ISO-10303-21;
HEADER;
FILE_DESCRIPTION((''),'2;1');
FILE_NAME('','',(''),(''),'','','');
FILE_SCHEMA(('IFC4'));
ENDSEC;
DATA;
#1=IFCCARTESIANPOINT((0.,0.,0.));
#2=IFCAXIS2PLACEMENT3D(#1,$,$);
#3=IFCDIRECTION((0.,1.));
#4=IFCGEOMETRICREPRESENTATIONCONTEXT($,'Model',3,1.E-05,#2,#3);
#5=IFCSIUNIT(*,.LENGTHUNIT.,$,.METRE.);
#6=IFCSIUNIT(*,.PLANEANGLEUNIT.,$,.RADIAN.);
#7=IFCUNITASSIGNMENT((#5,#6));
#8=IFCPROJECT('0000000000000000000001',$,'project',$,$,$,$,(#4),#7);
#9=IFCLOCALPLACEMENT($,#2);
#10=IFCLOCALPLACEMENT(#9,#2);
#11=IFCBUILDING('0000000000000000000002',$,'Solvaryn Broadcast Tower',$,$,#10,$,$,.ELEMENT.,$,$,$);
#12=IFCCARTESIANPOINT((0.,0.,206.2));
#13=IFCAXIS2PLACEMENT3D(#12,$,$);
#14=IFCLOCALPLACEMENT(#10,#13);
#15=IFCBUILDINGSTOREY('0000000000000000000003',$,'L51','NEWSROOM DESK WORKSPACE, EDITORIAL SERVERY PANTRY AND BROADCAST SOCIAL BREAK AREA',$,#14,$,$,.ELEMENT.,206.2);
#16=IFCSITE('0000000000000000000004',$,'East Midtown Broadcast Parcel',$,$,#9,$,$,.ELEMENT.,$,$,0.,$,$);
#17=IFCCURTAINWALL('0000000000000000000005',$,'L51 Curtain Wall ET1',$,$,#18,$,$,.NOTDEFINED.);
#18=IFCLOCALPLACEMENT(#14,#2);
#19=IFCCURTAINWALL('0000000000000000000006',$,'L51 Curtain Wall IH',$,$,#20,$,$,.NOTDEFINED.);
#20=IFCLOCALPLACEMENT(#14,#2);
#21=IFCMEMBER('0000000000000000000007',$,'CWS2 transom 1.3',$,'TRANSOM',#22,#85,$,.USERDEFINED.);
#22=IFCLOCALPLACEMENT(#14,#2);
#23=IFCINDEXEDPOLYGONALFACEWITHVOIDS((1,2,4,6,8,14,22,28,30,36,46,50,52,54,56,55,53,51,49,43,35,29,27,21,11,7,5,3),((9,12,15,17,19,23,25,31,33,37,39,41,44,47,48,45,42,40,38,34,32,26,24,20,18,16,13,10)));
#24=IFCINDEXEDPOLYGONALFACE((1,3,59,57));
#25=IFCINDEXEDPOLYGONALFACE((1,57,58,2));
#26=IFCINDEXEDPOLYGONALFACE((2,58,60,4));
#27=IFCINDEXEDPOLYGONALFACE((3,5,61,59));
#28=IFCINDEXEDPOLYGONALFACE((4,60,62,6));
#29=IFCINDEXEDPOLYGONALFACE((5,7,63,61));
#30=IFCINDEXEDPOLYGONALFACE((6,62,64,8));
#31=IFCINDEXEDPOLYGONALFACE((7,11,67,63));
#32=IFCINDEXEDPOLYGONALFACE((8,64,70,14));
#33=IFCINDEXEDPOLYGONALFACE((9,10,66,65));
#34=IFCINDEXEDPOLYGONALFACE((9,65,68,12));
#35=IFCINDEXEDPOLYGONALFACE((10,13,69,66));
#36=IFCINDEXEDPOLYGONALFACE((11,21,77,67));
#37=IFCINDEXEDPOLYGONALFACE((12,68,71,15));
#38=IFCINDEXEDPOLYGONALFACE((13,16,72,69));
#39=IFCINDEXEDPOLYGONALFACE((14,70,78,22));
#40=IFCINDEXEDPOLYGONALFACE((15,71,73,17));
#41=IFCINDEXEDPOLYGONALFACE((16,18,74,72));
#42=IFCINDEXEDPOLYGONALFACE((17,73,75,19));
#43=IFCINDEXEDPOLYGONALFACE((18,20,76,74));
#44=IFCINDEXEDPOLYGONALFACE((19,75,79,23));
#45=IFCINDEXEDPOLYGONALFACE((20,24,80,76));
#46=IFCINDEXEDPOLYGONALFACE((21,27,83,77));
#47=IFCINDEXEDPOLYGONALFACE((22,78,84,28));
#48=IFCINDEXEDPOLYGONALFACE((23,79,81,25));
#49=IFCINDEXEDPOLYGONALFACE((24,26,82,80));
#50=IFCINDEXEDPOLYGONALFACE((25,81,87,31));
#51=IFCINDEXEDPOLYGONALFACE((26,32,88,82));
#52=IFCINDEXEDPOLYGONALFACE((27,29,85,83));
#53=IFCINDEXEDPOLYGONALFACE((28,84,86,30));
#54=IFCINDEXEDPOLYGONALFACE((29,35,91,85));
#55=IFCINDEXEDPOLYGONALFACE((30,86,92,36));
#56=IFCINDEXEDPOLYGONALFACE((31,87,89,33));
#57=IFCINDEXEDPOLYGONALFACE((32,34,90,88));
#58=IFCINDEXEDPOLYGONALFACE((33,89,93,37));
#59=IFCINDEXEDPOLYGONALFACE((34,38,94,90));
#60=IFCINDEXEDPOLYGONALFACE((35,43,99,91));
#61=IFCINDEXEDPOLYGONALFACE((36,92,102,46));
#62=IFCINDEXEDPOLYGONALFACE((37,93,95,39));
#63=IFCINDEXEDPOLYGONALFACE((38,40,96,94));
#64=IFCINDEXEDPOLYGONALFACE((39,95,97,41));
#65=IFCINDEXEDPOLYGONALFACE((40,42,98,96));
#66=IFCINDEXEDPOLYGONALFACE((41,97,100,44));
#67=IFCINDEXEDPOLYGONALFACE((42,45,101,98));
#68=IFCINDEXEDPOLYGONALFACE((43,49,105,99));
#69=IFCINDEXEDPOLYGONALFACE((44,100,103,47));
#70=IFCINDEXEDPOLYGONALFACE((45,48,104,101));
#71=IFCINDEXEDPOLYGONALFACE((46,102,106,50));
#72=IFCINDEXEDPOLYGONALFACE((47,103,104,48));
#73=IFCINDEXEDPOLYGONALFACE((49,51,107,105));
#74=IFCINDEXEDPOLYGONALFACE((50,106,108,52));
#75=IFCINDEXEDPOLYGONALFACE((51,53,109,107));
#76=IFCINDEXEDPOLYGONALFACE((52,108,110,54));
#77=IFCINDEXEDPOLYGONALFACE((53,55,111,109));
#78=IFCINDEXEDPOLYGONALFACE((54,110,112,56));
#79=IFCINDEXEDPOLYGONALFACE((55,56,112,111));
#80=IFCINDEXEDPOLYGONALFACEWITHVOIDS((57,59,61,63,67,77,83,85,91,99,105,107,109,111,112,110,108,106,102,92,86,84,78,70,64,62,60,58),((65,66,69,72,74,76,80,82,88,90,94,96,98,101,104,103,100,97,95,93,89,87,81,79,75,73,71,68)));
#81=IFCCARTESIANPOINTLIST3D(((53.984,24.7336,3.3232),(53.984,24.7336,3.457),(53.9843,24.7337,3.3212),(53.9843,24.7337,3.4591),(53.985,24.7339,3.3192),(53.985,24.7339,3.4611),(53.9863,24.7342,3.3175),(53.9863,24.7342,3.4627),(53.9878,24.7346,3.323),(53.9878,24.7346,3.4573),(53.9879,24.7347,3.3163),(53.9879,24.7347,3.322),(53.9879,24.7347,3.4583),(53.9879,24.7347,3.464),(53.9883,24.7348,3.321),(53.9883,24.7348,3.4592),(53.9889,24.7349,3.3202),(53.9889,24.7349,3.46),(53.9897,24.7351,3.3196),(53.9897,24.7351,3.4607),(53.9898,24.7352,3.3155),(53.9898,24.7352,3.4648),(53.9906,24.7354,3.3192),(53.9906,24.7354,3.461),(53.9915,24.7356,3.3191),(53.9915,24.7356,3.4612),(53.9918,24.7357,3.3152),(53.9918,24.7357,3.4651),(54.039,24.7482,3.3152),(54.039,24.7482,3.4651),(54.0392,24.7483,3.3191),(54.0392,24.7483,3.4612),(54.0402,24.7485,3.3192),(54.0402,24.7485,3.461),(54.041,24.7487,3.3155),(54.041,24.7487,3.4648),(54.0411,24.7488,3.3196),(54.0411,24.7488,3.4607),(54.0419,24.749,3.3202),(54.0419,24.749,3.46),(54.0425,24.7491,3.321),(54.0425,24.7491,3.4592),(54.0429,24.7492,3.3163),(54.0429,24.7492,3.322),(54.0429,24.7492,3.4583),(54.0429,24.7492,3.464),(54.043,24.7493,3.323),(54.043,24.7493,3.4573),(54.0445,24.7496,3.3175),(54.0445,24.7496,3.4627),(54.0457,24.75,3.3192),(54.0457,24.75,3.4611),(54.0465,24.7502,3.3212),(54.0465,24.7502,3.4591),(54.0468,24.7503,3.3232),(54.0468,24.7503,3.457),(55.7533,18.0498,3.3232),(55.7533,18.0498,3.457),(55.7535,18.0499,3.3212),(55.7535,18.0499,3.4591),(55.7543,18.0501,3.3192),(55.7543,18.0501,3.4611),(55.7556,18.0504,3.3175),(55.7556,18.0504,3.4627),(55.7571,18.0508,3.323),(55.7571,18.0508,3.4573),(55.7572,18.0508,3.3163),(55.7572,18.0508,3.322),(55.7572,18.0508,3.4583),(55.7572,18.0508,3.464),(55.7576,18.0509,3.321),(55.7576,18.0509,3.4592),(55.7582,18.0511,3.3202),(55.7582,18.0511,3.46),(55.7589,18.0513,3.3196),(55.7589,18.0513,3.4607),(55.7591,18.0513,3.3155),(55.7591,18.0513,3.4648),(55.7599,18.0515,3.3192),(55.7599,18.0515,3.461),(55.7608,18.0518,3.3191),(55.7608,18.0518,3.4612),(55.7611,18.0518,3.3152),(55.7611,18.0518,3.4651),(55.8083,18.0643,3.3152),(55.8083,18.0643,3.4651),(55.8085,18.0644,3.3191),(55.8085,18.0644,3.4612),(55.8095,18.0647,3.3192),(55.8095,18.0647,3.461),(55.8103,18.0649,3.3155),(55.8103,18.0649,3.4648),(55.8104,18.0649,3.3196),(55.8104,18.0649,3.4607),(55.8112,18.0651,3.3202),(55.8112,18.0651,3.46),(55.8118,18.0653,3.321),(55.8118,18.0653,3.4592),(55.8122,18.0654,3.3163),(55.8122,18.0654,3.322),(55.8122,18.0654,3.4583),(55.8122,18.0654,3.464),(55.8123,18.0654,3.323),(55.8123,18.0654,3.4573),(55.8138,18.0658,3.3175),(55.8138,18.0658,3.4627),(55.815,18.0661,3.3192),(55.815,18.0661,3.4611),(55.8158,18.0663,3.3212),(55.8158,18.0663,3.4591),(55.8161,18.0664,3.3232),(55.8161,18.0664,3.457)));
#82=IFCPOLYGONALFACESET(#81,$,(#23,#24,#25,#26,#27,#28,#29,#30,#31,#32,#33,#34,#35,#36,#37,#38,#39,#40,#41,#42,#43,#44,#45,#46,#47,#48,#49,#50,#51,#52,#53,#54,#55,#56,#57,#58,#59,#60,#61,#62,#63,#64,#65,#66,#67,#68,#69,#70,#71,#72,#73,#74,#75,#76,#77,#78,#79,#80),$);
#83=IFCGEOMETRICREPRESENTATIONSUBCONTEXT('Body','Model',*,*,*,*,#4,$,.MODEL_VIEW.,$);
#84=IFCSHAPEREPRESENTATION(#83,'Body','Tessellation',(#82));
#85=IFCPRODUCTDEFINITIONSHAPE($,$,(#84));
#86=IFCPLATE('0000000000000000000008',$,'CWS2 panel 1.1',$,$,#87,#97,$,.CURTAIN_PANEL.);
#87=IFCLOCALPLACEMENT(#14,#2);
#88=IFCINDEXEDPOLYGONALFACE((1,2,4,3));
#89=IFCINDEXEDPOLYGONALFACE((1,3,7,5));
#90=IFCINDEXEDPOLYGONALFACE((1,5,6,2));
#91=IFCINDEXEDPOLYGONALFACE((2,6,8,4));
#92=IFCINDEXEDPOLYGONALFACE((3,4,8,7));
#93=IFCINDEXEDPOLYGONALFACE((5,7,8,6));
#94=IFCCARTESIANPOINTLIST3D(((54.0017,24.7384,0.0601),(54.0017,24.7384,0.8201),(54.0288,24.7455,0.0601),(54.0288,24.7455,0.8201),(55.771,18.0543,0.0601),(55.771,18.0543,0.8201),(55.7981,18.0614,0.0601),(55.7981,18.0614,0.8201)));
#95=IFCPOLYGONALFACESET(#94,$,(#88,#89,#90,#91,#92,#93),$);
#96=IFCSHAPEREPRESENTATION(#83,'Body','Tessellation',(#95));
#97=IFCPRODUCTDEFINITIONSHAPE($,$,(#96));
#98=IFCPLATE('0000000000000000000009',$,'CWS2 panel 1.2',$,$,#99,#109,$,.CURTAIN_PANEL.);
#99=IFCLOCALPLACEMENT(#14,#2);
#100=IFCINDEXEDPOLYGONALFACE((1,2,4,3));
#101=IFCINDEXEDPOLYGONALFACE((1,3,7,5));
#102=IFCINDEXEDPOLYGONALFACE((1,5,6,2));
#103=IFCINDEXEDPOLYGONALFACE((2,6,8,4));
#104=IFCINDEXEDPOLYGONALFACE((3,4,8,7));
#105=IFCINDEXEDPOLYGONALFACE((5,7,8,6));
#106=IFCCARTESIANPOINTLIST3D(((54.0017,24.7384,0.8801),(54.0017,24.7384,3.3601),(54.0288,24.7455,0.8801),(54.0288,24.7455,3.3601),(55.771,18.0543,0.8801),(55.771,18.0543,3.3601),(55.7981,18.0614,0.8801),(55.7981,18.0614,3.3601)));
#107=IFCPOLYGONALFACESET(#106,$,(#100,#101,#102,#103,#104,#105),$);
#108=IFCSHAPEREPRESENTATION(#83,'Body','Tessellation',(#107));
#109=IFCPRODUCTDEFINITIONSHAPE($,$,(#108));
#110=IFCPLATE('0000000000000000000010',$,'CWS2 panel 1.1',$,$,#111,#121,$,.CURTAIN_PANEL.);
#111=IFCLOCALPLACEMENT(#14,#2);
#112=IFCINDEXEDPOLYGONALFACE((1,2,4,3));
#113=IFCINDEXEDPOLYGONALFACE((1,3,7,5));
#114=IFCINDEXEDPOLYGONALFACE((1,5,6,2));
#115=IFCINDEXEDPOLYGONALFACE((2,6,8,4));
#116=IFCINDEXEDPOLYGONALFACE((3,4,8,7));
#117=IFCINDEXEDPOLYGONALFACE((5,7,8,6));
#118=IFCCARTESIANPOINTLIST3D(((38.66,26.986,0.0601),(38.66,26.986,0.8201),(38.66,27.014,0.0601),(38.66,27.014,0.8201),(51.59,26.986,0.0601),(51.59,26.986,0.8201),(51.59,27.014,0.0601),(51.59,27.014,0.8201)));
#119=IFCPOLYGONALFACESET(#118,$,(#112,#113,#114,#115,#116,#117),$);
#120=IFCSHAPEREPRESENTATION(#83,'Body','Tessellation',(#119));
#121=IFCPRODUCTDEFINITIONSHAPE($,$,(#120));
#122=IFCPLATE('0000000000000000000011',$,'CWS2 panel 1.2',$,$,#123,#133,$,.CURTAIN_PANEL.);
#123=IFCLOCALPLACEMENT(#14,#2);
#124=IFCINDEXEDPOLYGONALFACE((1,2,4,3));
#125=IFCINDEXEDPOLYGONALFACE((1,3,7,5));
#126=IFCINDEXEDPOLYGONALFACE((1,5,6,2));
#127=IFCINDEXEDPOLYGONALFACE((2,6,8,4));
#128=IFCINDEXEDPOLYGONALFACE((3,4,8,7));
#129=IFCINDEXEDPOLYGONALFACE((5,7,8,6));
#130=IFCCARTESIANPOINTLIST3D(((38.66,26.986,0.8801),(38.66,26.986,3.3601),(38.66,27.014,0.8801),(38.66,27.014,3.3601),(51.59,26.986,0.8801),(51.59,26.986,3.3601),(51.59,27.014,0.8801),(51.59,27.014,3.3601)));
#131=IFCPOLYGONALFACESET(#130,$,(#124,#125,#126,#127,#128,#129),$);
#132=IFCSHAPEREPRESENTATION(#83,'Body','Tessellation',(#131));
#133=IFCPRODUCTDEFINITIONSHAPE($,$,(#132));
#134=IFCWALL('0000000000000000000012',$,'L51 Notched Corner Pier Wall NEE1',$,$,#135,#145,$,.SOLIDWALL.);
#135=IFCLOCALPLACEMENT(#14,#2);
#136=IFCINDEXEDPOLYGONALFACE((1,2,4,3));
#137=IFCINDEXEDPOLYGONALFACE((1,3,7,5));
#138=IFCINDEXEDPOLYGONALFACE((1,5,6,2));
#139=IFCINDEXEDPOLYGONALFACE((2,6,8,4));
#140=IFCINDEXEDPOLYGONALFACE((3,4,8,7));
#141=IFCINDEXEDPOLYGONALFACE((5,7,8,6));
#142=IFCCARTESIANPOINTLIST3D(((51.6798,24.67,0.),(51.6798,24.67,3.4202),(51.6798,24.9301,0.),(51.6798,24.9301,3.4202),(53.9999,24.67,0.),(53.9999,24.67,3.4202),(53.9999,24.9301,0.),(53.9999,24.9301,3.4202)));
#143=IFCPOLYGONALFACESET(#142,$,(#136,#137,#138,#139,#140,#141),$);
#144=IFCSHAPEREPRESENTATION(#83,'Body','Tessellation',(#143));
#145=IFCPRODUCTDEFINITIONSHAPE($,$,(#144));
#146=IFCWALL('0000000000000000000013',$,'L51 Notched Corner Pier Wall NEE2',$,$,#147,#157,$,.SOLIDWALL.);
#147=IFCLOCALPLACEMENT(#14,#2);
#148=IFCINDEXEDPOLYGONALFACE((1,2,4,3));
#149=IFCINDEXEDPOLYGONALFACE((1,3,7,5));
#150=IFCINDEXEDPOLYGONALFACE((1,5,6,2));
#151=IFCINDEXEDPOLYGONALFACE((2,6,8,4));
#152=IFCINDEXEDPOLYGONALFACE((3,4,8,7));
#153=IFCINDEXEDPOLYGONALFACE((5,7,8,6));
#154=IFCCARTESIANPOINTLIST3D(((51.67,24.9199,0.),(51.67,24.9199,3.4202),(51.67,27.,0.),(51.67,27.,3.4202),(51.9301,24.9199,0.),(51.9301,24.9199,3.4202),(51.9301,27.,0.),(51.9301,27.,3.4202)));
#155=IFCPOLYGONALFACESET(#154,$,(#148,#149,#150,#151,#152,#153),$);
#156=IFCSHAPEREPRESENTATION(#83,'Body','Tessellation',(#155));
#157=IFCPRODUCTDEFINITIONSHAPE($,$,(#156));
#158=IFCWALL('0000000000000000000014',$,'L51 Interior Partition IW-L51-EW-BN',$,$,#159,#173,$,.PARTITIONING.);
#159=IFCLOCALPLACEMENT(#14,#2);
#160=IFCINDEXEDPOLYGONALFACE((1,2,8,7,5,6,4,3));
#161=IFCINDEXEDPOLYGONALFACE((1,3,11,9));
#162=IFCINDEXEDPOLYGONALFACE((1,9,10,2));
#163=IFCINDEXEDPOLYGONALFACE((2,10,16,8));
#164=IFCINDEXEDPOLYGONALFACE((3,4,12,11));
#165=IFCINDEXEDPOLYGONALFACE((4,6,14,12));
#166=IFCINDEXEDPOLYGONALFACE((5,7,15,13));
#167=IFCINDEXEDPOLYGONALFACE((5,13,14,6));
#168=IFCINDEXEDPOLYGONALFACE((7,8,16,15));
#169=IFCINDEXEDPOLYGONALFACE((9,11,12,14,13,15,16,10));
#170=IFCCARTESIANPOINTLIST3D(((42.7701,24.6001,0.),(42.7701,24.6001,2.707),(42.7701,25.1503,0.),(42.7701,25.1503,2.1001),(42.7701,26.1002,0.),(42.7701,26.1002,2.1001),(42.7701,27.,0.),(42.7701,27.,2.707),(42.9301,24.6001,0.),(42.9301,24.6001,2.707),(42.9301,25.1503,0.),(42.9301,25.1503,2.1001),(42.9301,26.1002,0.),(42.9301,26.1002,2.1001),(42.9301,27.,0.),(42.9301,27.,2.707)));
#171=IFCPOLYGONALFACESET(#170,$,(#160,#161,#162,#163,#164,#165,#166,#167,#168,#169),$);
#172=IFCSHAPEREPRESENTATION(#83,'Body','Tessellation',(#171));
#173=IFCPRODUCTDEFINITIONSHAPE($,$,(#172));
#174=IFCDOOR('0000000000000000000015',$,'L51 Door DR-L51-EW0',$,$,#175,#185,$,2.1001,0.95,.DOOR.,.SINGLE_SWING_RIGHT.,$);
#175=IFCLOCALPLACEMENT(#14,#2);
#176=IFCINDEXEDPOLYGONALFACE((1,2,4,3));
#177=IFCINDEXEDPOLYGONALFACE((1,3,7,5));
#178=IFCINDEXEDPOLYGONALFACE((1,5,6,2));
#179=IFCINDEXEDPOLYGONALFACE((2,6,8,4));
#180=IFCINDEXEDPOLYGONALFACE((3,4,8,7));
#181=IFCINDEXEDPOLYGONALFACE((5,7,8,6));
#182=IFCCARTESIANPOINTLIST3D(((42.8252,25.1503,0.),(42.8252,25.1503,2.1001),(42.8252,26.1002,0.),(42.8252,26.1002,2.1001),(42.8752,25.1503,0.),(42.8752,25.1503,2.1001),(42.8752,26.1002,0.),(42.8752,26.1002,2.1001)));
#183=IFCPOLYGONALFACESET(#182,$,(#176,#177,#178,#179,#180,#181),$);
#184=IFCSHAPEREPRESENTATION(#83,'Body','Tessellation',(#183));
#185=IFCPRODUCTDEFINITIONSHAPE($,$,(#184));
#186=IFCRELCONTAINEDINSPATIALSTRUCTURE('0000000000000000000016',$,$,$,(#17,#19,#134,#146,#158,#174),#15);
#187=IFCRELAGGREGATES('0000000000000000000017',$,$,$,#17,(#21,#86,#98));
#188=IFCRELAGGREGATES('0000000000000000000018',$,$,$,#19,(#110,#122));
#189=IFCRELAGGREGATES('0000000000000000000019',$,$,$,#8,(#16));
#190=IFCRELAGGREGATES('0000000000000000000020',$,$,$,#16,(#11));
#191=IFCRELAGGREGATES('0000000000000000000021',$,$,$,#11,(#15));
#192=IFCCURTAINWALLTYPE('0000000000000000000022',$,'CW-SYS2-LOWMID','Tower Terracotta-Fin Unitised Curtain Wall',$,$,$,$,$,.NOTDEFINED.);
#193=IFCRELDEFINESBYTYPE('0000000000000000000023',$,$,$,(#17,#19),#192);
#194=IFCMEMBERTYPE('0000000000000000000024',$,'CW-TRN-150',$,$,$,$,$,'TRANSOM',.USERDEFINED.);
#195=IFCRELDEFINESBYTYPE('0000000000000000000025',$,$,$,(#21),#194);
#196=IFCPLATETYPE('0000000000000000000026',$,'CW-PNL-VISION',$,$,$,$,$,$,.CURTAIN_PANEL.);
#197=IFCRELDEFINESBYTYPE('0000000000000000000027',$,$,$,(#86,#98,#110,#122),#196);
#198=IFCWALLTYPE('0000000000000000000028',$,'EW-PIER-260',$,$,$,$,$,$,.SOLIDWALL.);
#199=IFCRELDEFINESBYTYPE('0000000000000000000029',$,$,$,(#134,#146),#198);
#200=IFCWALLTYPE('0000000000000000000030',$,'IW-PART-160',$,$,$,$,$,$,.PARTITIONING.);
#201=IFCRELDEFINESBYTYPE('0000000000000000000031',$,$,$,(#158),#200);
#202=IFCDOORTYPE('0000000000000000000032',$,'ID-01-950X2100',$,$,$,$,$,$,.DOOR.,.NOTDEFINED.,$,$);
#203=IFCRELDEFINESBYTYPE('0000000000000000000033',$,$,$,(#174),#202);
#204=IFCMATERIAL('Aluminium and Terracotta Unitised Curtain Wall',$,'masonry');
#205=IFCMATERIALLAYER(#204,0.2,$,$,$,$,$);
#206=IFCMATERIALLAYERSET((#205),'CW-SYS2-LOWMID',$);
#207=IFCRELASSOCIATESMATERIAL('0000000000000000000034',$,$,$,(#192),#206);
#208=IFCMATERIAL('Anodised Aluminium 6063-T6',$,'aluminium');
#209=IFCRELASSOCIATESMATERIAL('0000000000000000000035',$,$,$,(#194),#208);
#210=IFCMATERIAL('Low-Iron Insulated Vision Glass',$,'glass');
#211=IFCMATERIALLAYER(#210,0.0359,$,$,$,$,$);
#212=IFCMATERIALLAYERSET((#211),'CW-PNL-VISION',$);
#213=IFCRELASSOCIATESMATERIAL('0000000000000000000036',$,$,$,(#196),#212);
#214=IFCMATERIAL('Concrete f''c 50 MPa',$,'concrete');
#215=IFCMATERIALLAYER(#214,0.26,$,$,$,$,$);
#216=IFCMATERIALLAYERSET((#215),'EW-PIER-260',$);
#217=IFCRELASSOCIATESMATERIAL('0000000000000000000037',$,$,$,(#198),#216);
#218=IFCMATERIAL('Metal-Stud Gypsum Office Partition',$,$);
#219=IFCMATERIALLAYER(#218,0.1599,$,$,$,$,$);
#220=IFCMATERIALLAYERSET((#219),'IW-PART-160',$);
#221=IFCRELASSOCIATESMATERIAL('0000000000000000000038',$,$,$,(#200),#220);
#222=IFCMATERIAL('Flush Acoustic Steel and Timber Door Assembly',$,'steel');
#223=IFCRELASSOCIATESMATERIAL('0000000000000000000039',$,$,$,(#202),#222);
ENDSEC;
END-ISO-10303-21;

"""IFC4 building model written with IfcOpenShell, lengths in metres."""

from ifc_helpers import new_model, si_unit, direction, frame, frame_2d, origin, origin_2d, place, context, subcontext, project, spatial, rectangle, hollow_rectangle, extrude, material, layer, layer_set, material_profile, profile_set, type_object, element, fill, aggregate, save


model = new_model("IFC4")

# Units and contexts
model_context = context("Model", 3, precision=1e-05, world=origin(), true_north=direction((0.0, 1.0)))
body_context = subcontext(model_context, "Body", "Model", "MODEL_VIEW")
ifc_project = project(units=[si_unit("LENGTHUNIT", "METRE"), si_unit("PLANEANGLEUNIT", "RADIAN")], contexts=[model_context])

# Site, building, storey
site_placement = place(None, origin())
site = spatial("IfcSite", under=ifc_project, at=site_placement, Name="East Midtown Broadcast Parcel", CompositionType="ELEMENT", RefElevation=0.0)
building_placement = place(site_placement, origin())
building = spatial("IfcBuilding", under=site, at=building_placement, Name="Solvaryn Broadcast Tower", CompositionType="ELEMENT")
storey_placement = place(building_placement, frame((0.0, 0.0, 206.2)))
storey = spatial("IfcBuildingStorey", under=building, at=storey_placement, Name="L51", Description="NEWSROOM DESK WORKSPACE, EDITORIAL SERVERY PANTRY AND BROADCAST SOCIAL BREAK AREA", CompositionType="ELEMENT", Elevation=206.2)

# Curtain walls
ifc_material_1 = material(Name="Aluminium and Terracotta Unitised Curtain Wall", Category="masonry")
ifc_layer_1 = layer(ifc_material_1, 0.2)
ifc_layer_set_1 = layer_set([ifc_layer_1], Name="CW-SYS2-LOWMID")
curtain_wall_type = type_object("IfcCurtainWallType", Name="CW-SYS2-LOWMID", Description="Tower Terracotta-Fin Unitised Curtain Wall", PredefinedType="NOTDEFINED", material=ifc_layer_set_1)
curtain_wall_1_placement = place(storey_placement, origin())
curtain_wall_1 = element("IfcCurtainWall", 1, at=curtain_wall_1_placement, inside=storey, type_object=curtain_wall_type, Name="L51 Curtain Wall ET1", PredefinedType="NOTDEFINED")
curtain_wall_2_placement = place(storey_placement, origin())
curtain_wall_2 = element("IfcCurtainWall", 2, at=curtain_wall_2_placement, inside=storey, type_object=curtain_wall_type, Name="L51 Curtain Wall IH", PredefinedType="NOTDEFINED")

# Member
ifc_material_2 = material(Name="Anodised Aluminium 6063-T6", Category="aluminium")
ifc_material_profile_1 = material_profile(ifc_material_2, hollow_rectangle(XDim=0.0649, YDim=0.1499, WallThickness=0.0039, InnerFilletRadius=0.0039, OuterFilletRadius=0.0081, at=origin_2d()))
ifc_profile_set_1 = profile_set([ifc_material_profile_1], Name="Anodised Aluminium 6063-T6")
member_type_1 = type_object("IfcMemberType", Name="CW-TRN-150", ElementType="TRANSOM", PredefinedType="USERDEFINED", material=ifc_profile_set_1)
member_1_placement = place(storey_placement, frame((54.0154, 24.7419, 3.3901), z_axis=(0.255897, -0.966704, 0.0), x_axis=(0.966704, 0.255897, 0.0)))
member_1 = element("IfcMember", 3, at=member_1_placement, type_object=member_type_1, Name="CWS2 transom 1.3", ObjectType="TRANSOM", PredefinedType="USERDEFINED", context=body_context, shape_type="SweptSolid", body=[
    extrude(hollow_rectangle(XDim=0.0649, YDim=0.1499, WallThickness=0.0039, InnerFilletRadius=0.0039, OuterFilletRadius=0.0081, at=origin_2d()), origin(), (0.0, 0.0, 1.0), 6.9141),
])

# Plates
ifc_material_3 = material(Name="Low-Iron Insulated Vision Glass", Category="glass")
ifc_layer_2 = layer(ifc_material_3, 0.0359)
ifc_layer_set_2 = layer_set([ifc_layer_2], Name="CW-PNL-VISION")
plate_type = type_object("IfcPlateType", Name="CW-PNL-VISION", PredefinedType="CURTAIN_PANEL", material=ifc_layer_set_2)
plate_1_placement = place(storey_placement, frame((54.8999, 21.3999, 0.0601), z_axis=(0.0, 0.0, 1.0), x_axis=(0.255893, -0.966705, 0.0)))
plate_1 = element("IfcPlate", 4, at=plate_1_placement, type_object=plate_type, Name="CWS2 panel 1.1", PredefinedType="CURTAIN_PANEL", context=body_context, shape_type="SweptSolid", body=[
    extrude(rectangle(XDim=6.9143, YDim=0.0281, at=origin_2d()), origin(), (0.0, 0.0, 1.0), 0.76),
])
plate_2_placement = place(storey_placement, frame((54.8999, 21.3999, 0.8801), z_axis=(0.0, 0.0, 1.0), x_axis=(0.255893, -0.966705, 0.0)))
plate_2 = element("IfcPlate", 5, at=plate_2_placement, type_object=plate_type, Name="CWS2 panel 1.2", PredefinedType="CURTAIN_PANEL", context=body_context, shape_type="SweptSolid", body=[
    extrude(rectangle(XDim=6.9143, YDim=0.0281, at=origin_2d()), origin(), (0.0, 0.0, 1.0), 2.48),
])
aggregate(curtain_wall_1, [member_1, plate_1, plate_2])
plate_3_placement = place(storey_placement, frame((45.125, 27.0, 0.0601), z_axis=(0.0, 0.0, 1.0), x_axis=(1.0, 0.0, 0.0)))
plate_3 = element("IfcPlate", 6, at=plate_3_placement, type_object=plate_type, Name="CWS2 panel 1.1", PredefinedType="CURTAIN_PANEL", context=body_context, shape_type="SweptSolid", body=[
    extrude(rectangle(XDim=12.9299, YDim=0.0281, at=origin_2d()), origin(), (0.0, 0.0, 1.0), 0.76),
])
plate_4_placement = place(storey_placement, frame((45.125, 27.0, 0.8801), z_axis=(0.0, 0.0, 1.0), x_axis=(1.0, 0.0, 0.0)))
plate_4 = element("IfcPlate", 7, at=plate_4_placement, type_object=plate_type, Name="CWS2 panel 1.2", PredefinedType="CURTAIN_PANEL", context=body_context, shape_type="SweptSolid", body=[
    extrude(rectangle(XDim=12.9299, YDim=0.0281, at=origin_2d()), origin(), (0.0, 0.0, 1.0), 2.48),
])
aggregate(curtain_wall_2, [plate_3, plate_4])

# Walls
ifc_material_4 = material(Name="Concrete f'c 50 MPa", Category="concrete")
ifc_layer_3 = layer(ifc_material_4, 0.26)
ifc_layer_set_3 = layer_set([ifc_layer_3], Name="EW-PIER-260")
wall_type_1 = type_object("IfcWallType", Name="EW-PIER-260", PredefinedType="SOLIDWALL", material=ifc_layer_set_3)
wall_1_placement = place(storey_placement, frame((54.0, 24.8, 0.0), z_axis=(0.0, 0.0, 1.0), x_axis=(-1.0, 0.0, 0.0)))
element("IfcWall", 8, at=wall_1_placement, inside=storey, type_object=wall_type_1, Name="L51 Notched Corner Pier Wall NEE1", PredefinedType="SOLIDWALL", context=body_context, shape_type="SweptSolid", body=[
    extrude(rectangle(XDim=2.3201, YDim=0.26, at=frame_2d((1.1602, 0.0))), origin(), (0.0, 0.0, 1.0), 3.4202),
])
wall_2_placement = place(storey_placement, frame((51.8, 24.9199, 0.0), z_axis=(0.0, 0.0, 1.0), x_axis=(0.0, 1.0, 0.0)))
element("IfcWall", 9, at=wall_2_placement, inside=storey, type_object=wall_type_1, Name="L51 Notched Corner Pier Wall NEE2", PredefinedType="SOLIDWALL", context=body_context, shape_type="SweptSolid", body=[
    extrude(rectangle(XDim=2.0801, YDim=0.26, at=frame_2d((1.04, 0.0))), origin(), (0.0, 0.0, 1.0), 3.4202),
])

# Wall, opening, door
ifc_material_5 = material(Name="Metal-Stud Gypsum Office Partition")
ifc_layer_4 = layer(ifc_material_5, 0.1599)
ifc_layer_set_4 = layer_set([ifc_layer_4], Name="IW-PART-160")
wall_type_2 = type_object("IfcWallType", Name="IW-PART-160", PredefinedType="PARTITIONING", material=ifc_layer_set_4)
wall_3_placement = place(storey_placement, frame((42.8501, 24.6001, 0.0), z_axis=(0.0, 0.0, 1.0), x_axis=(0.0, 1.0, 0.0)))
wall_3 = element("IfcWall", 10, at=wall_3_placement, inside=storey, type_object=wall_type_2, Name="L51 Interior Partition IW-L51-EW-BN", PredefinedType="PARTITIONING", context=body_context, shape_type="SweptSolid", body=[
    extrude(rectangle(XDim=2.3999, YDim=0.1599, at=frame_2d((1.2, 0.0))), origin(), (0.0, 0.0, 1.0), 2.707),
])
opening_1_placement = place(wall_3_placement, frame((0.55, 0.0, 0.0)))
opening_1 = element("IfcOpeningElement", 11, at=opening_1_placement, cuts=wall_3, PredefinedType="OPENING", context=body_context, shape_type="SweptSolid", body=[
    extrude(rectangle(XDim=0.95, YDim=2.1001, at=frame_2d((0.4751, 1.05))), frame((0.0, 0.0901, 0.0), z_axis=(0.0, -1.0, 0.0), x_axis=(1.0, 0.0, 0.0)), (0.0, 0.0, 1.0), 0.1799),
])
ifc_material_6 = material(Name="Flush Acoustic Steel and Timber Door Assembly", Category="steel")
door_type_1 = type_object("IfcDoorType", Name="ID-01-950X2100", OperationType="NOTDEFINED", PredefinedType="DOOR", material=ifc_material_6)
door_1_placement = place(opening_1_placement, origin())
door_1 = element("IfcDoor", 12, at=door_1_placement, inside=storey, type_object=door_type_1, Name="L51 Door DR-L51-EW0", OperationType="SINGLE_SWING_RIGHT", OverallHeight=2.1001, OverallWidth=0.95, PredefinedType="DOOR", context=body_context, shape_type="SweptSolid", body=[
    extrude(rectangle(XDim=0.95, YDim=2.1001, at=frame_2d((0.4751, 1.05))), frame((0.0, 0.0249, 0.0), z_axis=(0.0, -1.0, 0.0), x_axis=(1.0, 0.0, 0.0)), (0.0, 0.0, 1.0), 0.05),
])
fill(opening_1, door_1)

save(model, "model.ifc")
